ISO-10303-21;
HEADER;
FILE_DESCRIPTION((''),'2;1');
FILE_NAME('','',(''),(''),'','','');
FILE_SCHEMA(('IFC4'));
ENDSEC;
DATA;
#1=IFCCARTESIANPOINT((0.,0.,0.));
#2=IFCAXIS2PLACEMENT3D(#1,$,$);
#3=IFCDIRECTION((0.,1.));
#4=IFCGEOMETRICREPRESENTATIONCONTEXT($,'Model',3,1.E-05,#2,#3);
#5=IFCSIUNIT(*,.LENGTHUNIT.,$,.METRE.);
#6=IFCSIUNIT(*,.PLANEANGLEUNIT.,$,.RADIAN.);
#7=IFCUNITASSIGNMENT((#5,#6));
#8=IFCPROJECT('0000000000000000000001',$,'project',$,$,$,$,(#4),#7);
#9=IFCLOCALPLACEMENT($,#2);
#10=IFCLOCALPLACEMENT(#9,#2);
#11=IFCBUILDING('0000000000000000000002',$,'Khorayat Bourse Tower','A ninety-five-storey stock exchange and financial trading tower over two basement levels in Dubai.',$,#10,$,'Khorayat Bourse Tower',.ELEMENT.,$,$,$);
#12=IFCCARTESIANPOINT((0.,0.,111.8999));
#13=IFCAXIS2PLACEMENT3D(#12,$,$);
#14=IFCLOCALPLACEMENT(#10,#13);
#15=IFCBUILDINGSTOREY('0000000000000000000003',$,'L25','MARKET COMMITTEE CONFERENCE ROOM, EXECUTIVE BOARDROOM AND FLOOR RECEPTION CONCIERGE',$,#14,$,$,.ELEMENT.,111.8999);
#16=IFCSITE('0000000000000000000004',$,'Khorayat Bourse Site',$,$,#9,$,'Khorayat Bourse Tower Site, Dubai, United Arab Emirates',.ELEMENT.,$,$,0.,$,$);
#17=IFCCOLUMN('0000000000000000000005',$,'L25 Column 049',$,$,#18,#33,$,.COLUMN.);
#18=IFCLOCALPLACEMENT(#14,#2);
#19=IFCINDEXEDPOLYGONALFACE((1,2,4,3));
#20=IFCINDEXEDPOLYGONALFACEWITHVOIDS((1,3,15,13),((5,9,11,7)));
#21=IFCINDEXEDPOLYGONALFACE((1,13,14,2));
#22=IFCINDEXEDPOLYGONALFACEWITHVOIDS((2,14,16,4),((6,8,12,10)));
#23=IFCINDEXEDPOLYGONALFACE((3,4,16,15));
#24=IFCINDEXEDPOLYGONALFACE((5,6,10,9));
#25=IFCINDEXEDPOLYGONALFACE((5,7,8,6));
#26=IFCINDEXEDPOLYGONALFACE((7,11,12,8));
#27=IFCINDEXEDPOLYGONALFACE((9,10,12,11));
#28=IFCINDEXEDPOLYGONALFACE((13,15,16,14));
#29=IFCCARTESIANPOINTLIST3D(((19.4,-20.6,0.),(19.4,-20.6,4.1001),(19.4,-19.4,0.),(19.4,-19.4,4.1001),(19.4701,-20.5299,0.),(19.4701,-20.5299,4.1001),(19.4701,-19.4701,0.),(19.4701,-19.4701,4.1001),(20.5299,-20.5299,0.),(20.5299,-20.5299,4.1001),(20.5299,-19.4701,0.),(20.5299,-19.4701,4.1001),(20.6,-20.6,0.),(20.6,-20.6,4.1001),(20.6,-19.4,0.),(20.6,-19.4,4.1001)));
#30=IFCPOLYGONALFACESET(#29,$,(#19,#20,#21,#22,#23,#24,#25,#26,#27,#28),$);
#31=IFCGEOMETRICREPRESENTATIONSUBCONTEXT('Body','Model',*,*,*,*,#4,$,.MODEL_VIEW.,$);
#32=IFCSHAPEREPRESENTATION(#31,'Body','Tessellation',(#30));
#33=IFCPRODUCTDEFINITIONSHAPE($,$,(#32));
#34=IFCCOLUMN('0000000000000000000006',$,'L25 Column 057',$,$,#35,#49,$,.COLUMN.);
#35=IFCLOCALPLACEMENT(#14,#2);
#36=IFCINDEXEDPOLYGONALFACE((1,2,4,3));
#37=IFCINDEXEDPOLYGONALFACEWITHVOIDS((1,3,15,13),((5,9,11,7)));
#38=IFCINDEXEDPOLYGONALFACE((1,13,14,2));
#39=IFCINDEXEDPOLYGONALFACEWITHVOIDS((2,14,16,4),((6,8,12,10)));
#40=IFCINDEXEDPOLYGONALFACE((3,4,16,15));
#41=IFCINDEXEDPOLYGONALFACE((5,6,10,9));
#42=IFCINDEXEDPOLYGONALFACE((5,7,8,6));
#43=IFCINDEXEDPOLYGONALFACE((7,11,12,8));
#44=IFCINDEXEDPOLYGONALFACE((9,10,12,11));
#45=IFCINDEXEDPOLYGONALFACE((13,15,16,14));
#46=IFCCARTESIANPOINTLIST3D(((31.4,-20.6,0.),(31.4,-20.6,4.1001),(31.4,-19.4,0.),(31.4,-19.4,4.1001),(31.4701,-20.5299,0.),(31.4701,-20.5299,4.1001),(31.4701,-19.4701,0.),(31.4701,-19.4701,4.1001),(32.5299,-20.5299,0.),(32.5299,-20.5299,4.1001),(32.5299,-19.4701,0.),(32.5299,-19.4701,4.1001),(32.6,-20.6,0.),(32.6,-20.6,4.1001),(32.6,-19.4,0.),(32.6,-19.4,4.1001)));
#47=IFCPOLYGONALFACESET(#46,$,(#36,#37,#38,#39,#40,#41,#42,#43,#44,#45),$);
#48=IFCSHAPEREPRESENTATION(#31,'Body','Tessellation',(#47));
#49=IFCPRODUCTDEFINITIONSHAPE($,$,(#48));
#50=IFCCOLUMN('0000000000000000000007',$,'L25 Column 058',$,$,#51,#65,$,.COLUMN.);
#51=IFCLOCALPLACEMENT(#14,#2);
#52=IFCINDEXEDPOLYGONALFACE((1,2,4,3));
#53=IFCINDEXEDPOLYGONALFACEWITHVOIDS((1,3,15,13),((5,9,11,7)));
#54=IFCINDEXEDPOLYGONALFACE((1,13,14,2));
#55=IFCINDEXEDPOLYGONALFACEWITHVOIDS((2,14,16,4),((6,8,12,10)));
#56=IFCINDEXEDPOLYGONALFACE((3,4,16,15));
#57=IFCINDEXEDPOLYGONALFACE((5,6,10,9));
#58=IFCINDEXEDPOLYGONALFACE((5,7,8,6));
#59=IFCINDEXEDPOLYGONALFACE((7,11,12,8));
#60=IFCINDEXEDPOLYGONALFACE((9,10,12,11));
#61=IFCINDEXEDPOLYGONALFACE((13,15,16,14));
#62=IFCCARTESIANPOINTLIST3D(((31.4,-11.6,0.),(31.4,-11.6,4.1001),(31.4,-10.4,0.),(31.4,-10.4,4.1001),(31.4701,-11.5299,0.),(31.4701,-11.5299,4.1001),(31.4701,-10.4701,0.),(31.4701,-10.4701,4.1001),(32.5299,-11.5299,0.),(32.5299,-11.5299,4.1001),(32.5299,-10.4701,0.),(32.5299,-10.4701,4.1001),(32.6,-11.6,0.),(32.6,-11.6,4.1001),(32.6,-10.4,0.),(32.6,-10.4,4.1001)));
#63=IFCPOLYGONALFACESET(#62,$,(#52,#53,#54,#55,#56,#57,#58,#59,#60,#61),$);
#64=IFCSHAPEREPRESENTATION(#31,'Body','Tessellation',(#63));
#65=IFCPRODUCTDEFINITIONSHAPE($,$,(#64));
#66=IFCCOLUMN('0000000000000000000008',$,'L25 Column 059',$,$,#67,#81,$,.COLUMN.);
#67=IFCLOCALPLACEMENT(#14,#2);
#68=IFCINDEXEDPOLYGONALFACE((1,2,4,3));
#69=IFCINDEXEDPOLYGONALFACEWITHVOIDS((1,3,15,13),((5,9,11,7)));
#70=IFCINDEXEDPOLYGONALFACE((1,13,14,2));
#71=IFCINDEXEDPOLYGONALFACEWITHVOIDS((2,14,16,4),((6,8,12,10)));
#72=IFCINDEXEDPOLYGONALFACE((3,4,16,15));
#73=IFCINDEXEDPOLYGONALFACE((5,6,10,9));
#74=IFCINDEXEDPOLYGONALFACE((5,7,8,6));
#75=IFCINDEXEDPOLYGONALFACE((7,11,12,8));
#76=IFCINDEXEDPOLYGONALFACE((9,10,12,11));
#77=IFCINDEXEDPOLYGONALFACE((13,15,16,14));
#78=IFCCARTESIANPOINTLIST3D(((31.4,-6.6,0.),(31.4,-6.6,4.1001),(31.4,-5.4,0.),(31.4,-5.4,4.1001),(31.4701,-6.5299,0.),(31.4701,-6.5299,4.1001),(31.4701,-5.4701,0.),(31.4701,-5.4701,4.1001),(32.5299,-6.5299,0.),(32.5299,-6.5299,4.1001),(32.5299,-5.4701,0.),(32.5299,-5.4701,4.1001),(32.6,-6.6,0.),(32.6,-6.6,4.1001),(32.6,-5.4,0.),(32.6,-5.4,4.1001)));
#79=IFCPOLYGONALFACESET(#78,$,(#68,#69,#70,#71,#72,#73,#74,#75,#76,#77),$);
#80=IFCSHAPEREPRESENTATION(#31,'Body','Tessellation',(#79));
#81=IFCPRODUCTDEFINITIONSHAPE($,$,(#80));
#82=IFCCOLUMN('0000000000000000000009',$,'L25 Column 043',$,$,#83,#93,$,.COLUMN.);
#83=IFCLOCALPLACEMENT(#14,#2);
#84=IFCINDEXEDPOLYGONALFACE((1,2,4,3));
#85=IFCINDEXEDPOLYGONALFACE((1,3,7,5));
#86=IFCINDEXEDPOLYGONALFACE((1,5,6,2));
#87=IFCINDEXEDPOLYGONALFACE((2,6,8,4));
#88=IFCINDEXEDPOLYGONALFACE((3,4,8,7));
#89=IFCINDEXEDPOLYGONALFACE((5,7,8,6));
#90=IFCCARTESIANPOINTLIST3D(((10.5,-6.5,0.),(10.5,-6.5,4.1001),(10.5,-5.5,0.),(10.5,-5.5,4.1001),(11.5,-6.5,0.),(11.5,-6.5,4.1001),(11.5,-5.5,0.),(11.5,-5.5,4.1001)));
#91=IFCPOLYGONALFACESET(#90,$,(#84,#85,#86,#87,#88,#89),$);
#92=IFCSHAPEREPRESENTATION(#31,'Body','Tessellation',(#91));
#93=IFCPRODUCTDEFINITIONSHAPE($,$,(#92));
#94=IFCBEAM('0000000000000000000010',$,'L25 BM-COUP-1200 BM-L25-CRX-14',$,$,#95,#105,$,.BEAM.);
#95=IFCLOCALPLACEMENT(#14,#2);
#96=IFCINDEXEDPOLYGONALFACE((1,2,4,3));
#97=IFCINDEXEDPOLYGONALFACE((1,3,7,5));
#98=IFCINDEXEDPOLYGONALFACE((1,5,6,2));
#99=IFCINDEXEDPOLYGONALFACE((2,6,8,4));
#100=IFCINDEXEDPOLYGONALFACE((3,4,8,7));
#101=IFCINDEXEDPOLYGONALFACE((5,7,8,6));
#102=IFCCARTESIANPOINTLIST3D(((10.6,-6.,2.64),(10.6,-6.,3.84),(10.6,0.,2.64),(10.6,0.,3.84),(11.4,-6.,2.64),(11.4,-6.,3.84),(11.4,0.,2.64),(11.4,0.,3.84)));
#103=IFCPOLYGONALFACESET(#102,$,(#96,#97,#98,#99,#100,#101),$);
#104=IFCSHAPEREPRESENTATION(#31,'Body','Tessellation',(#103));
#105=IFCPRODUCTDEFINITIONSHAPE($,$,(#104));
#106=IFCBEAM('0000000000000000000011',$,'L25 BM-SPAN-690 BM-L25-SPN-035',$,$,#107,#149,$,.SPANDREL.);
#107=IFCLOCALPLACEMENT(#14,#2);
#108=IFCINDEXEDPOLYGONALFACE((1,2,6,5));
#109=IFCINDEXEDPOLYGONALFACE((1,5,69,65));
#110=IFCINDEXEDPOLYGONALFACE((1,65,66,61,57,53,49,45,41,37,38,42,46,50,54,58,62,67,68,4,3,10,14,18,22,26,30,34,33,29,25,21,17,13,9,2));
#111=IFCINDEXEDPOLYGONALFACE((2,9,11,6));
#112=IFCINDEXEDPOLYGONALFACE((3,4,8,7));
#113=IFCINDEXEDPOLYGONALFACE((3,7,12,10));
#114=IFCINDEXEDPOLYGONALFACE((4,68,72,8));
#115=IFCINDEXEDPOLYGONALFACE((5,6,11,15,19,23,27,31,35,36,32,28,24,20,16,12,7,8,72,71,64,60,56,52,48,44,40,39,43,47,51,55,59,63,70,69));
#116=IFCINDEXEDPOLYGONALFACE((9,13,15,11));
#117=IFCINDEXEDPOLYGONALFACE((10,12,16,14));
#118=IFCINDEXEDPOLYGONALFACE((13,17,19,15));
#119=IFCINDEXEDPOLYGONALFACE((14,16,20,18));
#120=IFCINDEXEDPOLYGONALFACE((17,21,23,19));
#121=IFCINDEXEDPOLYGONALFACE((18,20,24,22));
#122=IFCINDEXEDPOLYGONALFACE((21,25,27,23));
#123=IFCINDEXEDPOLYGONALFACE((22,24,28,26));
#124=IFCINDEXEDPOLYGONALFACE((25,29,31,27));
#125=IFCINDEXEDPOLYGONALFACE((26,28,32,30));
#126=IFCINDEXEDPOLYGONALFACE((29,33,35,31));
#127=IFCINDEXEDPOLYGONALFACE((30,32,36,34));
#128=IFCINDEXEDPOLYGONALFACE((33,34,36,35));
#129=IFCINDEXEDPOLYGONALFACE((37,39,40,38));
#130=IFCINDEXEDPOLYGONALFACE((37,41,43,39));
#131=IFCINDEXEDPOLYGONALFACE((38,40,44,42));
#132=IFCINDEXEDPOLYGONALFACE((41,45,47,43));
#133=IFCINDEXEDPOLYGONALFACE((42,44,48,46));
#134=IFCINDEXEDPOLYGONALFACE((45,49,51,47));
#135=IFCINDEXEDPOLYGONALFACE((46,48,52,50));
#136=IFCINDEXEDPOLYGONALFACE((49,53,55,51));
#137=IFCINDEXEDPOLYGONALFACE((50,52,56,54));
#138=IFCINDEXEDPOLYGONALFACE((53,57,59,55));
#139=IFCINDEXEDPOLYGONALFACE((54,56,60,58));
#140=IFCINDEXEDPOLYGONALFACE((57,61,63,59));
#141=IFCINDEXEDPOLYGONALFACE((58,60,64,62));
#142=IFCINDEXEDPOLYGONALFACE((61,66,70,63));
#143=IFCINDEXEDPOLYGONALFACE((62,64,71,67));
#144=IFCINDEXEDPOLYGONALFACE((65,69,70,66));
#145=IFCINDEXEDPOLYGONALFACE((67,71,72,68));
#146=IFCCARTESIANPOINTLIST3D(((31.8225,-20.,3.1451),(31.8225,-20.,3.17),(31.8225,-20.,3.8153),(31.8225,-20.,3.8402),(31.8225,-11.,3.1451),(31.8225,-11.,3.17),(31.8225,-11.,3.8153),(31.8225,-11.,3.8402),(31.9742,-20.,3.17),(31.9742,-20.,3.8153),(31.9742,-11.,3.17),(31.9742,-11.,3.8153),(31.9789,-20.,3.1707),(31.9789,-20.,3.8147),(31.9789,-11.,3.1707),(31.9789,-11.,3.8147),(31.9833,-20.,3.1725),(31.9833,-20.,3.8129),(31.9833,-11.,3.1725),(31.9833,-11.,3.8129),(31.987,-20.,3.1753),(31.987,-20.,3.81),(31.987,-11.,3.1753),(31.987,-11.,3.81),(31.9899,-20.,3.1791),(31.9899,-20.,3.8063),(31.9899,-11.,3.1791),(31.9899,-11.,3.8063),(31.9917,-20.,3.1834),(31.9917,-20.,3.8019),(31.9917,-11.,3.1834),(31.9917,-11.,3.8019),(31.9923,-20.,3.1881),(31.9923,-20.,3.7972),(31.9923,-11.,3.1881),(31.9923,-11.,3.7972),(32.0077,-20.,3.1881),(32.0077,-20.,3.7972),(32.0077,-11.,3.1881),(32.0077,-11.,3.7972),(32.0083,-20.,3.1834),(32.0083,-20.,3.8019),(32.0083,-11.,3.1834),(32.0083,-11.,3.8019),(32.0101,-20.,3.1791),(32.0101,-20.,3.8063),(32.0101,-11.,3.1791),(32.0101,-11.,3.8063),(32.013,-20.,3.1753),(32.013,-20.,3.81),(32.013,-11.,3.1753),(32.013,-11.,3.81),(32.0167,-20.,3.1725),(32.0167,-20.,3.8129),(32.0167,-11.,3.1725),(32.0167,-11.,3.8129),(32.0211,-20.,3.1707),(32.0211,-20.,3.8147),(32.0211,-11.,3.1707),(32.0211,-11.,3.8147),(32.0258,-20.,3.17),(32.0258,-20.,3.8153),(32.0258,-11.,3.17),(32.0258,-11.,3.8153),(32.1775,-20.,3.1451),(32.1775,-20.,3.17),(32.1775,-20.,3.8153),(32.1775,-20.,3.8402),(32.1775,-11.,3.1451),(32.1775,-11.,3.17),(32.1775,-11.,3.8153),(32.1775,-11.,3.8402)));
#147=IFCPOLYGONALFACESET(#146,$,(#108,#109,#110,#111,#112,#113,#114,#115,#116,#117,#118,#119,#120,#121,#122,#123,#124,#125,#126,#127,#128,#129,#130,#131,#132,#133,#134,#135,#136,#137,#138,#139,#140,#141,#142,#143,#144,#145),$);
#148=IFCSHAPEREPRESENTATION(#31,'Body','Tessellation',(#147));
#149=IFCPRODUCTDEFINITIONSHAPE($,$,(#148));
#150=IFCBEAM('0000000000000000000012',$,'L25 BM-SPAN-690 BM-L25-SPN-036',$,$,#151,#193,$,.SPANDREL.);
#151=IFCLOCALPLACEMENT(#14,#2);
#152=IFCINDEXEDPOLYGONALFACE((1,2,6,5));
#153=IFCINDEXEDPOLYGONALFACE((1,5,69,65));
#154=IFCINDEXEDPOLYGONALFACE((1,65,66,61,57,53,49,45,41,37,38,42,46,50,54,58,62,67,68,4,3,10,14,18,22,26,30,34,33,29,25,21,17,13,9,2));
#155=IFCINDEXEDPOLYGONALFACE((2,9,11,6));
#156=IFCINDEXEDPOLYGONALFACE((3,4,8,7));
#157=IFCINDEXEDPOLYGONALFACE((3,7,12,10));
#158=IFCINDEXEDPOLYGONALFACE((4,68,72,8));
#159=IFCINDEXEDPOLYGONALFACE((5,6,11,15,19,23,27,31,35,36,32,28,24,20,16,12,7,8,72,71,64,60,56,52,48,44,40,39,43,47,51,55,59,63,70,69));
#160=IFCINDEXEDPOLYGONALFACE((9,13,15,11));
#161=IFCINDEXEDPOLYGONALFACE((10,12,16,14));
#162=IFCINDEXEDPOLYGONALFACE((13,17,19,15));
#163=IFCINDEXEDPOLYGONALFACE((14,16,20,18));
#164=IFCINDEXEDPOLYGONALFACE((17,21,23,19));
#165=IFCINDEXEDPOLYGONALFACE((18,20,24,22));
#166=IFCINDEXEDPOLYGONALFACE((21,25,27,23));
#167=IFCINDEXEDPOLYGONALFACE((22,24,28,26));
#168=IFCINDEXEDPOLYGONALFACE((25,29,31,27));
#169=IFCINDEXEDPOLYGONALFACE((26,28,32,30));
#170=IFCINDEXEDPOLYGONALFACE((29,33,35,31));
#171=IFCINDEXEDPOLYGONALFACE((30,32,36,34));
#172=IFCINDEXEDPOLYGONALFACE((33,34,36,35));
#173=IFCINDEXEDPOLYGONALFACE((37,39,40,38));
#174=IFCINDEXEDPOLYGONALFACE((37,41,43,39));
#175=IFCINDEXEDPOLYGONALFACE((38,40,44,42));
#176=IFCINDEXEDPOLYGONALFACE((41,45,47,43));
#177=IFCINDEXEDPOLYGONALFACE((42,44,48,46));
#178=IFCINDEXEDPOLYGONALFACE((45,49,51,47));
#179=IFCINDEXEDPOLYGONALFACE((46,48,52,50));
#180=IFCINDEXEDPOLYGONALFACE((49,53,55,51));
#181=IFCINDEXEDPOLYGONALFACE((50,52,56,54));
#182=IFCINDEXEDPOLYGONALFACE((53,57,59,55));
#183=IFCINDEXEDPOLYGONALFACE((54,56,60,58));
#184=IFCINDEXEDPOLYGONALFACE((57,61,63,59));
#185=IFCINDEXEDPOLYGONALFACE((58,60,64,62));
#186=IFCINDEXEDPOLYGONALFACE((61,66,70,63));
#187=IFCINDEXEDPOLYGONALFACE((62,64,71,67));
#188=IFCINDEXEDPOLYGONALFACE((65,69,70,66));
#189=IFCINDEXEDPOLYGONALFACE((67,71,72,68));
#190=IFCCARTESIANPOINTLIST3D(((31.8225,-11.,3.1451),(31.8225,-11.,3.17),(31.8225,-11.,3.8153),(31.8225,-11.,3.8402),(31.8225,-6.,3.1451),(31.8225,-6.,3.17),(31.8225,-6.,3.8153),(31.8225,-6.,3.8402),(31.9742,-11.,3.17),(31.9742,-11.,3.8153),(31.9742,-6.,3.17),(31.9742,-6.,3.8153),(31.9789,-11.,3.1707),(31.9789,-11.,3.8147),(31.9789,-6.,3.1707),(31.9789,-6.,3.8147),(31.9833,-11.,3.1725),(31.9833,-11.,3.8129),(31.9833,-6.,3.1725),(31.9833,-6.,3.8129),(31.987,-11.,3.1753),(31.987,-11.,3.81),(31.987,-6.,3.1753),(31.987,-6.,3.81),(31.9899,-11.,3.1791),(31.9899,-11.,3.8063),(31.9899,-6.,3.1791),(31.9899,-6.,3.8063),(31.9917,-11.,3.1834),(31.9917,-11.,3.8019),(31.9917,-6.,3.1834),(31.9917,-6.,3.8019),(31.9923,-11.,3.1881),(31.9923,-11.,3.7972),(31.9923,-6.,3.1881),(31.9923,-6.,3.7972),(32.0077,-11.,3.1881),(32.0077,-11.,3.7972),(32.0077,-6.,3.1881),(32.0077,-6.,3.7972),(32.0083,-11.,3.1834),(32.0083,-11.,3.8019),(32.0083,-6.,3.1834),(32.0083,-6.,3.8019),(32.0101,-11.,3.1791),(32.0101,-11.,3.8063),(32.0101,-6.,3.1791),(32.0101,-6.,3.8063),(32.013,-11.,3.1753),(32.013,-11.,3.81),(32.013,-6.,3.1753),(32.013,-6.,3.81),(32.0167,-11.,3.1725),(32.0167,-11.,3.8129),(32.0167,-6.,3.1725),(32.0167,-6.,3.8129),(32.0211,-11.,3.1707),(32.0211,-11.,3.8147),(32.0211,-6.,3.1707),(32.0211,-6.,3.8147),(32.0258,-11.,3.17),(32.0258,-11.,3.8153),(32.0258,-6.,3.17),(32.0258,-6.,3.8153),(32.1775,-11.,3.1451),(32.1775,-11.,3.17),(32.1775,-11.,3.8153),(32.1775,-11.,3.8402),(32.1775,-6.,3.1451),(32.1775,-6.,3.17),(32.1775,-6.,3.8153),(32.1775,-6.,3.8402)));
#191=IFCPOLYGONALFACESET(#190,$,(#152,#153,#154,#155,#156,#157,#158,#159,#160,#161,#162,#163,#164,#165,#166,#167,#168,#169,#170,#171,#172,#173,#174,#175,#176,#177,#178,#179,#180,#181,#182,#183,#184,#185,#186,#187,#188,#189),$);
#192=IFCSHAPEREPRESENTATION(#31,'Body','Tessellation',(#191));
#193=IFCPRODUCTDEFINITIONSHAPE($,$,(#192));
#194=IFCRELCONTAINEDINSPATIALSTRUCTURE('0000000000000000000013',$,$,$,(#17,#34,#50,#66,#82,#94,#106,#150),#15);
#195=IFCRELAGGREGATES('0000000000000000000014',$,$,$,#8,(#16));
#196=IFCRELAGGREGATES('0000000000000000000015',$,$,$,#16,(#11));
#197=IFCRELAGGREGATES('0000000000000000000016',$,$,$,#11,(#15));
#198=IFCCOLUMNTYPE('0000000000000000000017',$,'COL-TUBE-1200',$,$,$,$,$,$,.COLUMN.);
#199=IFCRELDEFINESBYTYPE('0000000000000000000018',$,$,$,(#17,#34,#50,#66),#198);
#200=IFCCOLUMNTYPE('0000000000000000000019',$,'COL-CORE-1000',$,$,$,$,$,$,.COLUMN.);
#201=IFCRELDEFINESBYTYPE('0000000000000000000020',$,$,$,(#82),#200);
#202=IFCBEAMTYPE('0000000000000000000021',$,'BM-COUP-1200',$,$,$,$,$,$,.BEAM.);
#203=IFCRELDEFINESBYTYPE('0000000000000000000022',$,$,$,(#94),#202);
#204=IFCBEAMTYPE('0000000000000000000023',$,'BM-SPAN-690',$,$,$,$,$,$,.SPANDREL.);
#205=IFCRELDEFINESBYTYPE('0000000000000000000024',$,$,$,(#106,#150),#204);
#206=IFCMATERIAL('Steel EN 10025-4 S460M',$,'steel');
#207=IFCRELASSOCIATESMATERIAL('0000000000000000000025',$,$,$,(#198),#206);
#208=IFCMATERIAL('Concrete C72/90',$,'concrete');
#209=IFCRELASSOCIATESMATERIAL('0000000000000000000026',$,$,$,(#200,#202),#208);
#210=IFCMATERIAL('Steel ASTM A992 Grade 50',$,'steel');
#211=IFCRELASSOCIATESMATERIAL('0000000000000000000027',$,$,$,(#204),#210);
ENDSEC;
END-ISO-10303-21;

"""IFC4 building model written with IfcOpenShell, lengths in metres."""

from ifc_helpers import new_model, si_unit, direction, frame, origin, origin_2d, place, context, subcontext, project, spatial, rectangle, hollow_rectangle, i_section, extrude, source, transform, mapped, material, material_profile, profile_set, type_object, element, save


model = new_model("IFC4")

# Units and contexts
model_context = context("Model", 3, precision=1e-05, world=origin(), true_north=direction((0.0, 1.0)))
body_context = subcontext(model_context, "Body", "Model", "MODEL_VIEW")
ifc_project = project(units=[si_unit("LENGTHUNIT", "METRE"), si_unit("PLANEANGLEUNIT", "RADIAN")], contexts=[model_context])

# Site, building, storey
site_placement = place(None, origin())
site = spatial("IfcSite", under=ifc_project, at=site_placement, Name="Khorayat Bourse Site", LongName="Khorayat Bourse Tower Site, Dubai, United Arab Emirates", CompositionType="ELEMENT", RefElevation=0.0)
building_placement = place(site_placement, origin())
building = spatial("IfcBuilding", under=site, at=building_placement, Name="Khorayat Bourse Tower", Description="A ninety-five-storey stock exchange and financial trading tower over two basement levels in Dubai.", LongName="Khorayat Bourse Tower", CompositionType="ELEMENT")
storey_placement = place(building_placement, frame((0.0, 0.0, 111.8999)))
storey = spatial("IfcBuildingStorey", under=building, at=storey_placement, Name="L25", Description="MARKET COMMITTEE CONFERENCE ROOM, EXECUTIVE BOARDROOM AND FLOOR RECEPTION CONCIERGE", CompositionType="ELEMENT", Elevation=111.8999)

# Columns
ifc_material_1 = material(Name="Steel EN 10025-4 S460M", Category="steel")
ifc_material_profile_1 = material_profile(ifc_material_1, hollow_rectangle(XDim=1.2, YDim=1.2, WallThickness=0.0701, at=origin_2d()), Name="BOX 1200x1200x70")
ifc_profile_set_1 = profile_set([ifc_material_profile_1], Name="Steel EN 10025-4 S460M")
column_type_1 = type_object("IfcColumnType", Name="COL-TUBE-1200", PredefinedType="COLUMN", material=ifc_profile_set_1)
shared_shape_1 = source(origin(), body_context, "Body", "SweptSolid", [
    extrude(hollow_rectangle(XDim=1.2, YDim=1.2, WallThickness=0.0701, at=origin_2d()), origin(), (0.0, 0.0, 1.0), 4.1001),
])
for number, where, z_axis, x_axis, name in (
    (1, (20.0, -20.0, 0.0), (0.0, 0.0, 1.0), (1.0, 0.0, 0.0), "L25 Column 049"),
    (2, (32.0, -20.0, 0.0), (0.0, 0.0, 1.0), (1.0, 0.0, 0.0), "L25 Column 057"),
    (3, (32.0, -11.0, 0.0), (0.0, 0.0, 1.0), (1.0, 0.0, 0.0), "L25 Column 058"),
    (4, (32.0, -6.0, 0.0), (0.0, 0.0, 1.0), (1.0, 0.0, 0.0), "L25 Column 059"),
):
    element("IfcColumn", number, at=place(storey_placement, frame(where, z_axis=z_axis, x_axis=x_axis)), inside=storey, type_object=column_type_1, Name=name, PredefinedType="COLUMN", context=body_context, shape_type="MappedRepresentation", body=[
        mapped(shared_shape_1, transform((0.0, 0.0, 0.0), scale=1.0)),
    ])
ifc_material_2 = material(Name="Concrete C72/90", Category="concrete")
ifc_material_profile_2 = material_profile(ifc_material_2, rectangle(XDim=1.0, YDim=1.0, at=origin_2d()), Name="RC 1000x1000")
ifc_profile_set_2 = profile_set([ifc_material_profile_2], Name="Concrete C72/90")
column_type_2 = type_object("IfcColumnType", Name="COL-CORE-1000", PredefinedType="COLUMN", material=ifc_profile_set_2)
shared_shape_2 = source(origin(), body_context, "Body", "SweptSolid", [
    extrude(rectangle(XDim=1.0, YDim=1.0, at=origin_2d()), origin(), (0.0, 0.0, 1.0), 4.1001),
])
column_placement = place(storey_placement, frame((11.0, -6.0, 0.0), z_axis=(0.0, 0.0, 1.0), x_axis=(1.0, 0.0, 0.0)))
element("IfcColumn", 5, at=column_placement, inside=storey, type_object=column_type_2, Name="L25 Column 043", PredefinedType="COLUMN", context=body_context, shape_type="MappedRepresentation", body=[
    mapped(shared_shape_2, transform((0.0, 0.0, 0.0), scale=1.0)),
])

# Beams
ifc_material_profile_3 = material_profile(ifc_material_2, rectangle(XDim=0.8, YDim=1.2, at=origin_2d()), Name="RC 800x1200")
ifc_profile_set_3 = profile_set([ifc_material_profile_3], Name="Concrete C72/90")
beam_type_1 = type_object("IfcBeamType", Name="BM-COUP-1200", PredefinedType="BEAM", material=ifc_profile_set_3)
shared_shape_3 = source(origin(), body_context, "Body", "SweptSolid", [
    extrude(rectangle(XDim=0.8, YDim=1.2, at=origin_2d()), origin(), (0.0, 0.0, 1.0), 6.0),
])
beam_1_placement = place(storey_placement, frame((11.0, -6.0, 3.24), z_axis=(0.0, 1.0, 0.0), x_axis=(-1.0, 0.0, 0.0)))
element("IfcBeam", 6, at=beam_1_placement, inside=storey, type_object=beam_type_1, Name="L25 BM-COUP-1200 BM-L25-CRX-14", PredefinedType="BEAM", context=body_context, shape_type="MappedRepresentation", body=[
    mapped(shared_shape_3, transform((0.0, 0.0, 0.0), scale=1.0)),
])
ifc_material_3 = material(Name="Steel ASTM A992 Grade 50", Category="steel")
ifc_material_profile_4 = material_profile(ifc_material_3, i_section(OverallWidth=0.355, OverallDepth=0.6951, WebThickness=0.0154, FlangeThickness=0.0249, FilletRadius=0.0181, at=origin_2d()), Name="W690X217")
ifc_profile_set_4 = profile_set([ifc_material_profile_4], Name="Steel ASTM A992 Grade 50")
beam_type_2 = type_object("IfcBeamType", Name="BM-SPAN-690", PredefinedType="SPANDREL", material=ifc_profile_set_4)
shared_shape_4 = source(origin(), body_context, "Body", "SweptSolid", [
    extrude(i_section(OverallWidth=0.355, OverallDepth=0.6951, WebThickness=0.0154, FlangeThickness=0.0249, FilletRadius=0.0181, at=origin_2d()), origin(), (0.0, 0.0, 1.0), 9.0),
])
beam_2_placement = place(storey_placement, frame((32.0, -20.0, 3.4927), z_axis=(0.0, 1.0, 0.0), x_axis=(-1.0, 0.0, 0.0)))
element("IfcBeam", 7, at=beam_2_placement, inside=storey, type_object=beam_type_2, Name="L25 BM-SPAN-690 BM-L25-SPN-035", PredefinedType="SPANDREL", context=body_context, shape_type="MappedRepresentation", body=[
    mapped(shared_shape_4, transform((0.0, 0.0, 0.0), scale=1.0)),
])
shared_shape_5 = source(origin(), body_context, "Body", "SweptSolid", [
    extrude(i_section(OverallWidth=0.355, OverallDepth=0.6951, WebThickness=0.0154, FlangeThickness=0.0249, FilletRadius=0.0181, at=origin_2d()), origin(), (0.0, 0.0, 1.0), 5.0),
])
beam_3_placement = place(storey_placement, frame((32.0, -11.0, 3.4927), z_axis=(0.0, 1.0, 0.0), x_axis=(-1.0, 0.0, 0.0)))
element("IfcBeam", 8, at=beam_3_placement, inside=storey, type_object=beam_type_2, Name="L25 BM-SPAN-690 BM-L25-SPN-036", PredefinedType="SPANDREL", context=body_context, shape_type="MappedRepresentation", body=[
    mapped(shared_shape_5, transform((0.0, 0.0, 0.0), scale=1.0)),
])

save(model, "model.ifc")
